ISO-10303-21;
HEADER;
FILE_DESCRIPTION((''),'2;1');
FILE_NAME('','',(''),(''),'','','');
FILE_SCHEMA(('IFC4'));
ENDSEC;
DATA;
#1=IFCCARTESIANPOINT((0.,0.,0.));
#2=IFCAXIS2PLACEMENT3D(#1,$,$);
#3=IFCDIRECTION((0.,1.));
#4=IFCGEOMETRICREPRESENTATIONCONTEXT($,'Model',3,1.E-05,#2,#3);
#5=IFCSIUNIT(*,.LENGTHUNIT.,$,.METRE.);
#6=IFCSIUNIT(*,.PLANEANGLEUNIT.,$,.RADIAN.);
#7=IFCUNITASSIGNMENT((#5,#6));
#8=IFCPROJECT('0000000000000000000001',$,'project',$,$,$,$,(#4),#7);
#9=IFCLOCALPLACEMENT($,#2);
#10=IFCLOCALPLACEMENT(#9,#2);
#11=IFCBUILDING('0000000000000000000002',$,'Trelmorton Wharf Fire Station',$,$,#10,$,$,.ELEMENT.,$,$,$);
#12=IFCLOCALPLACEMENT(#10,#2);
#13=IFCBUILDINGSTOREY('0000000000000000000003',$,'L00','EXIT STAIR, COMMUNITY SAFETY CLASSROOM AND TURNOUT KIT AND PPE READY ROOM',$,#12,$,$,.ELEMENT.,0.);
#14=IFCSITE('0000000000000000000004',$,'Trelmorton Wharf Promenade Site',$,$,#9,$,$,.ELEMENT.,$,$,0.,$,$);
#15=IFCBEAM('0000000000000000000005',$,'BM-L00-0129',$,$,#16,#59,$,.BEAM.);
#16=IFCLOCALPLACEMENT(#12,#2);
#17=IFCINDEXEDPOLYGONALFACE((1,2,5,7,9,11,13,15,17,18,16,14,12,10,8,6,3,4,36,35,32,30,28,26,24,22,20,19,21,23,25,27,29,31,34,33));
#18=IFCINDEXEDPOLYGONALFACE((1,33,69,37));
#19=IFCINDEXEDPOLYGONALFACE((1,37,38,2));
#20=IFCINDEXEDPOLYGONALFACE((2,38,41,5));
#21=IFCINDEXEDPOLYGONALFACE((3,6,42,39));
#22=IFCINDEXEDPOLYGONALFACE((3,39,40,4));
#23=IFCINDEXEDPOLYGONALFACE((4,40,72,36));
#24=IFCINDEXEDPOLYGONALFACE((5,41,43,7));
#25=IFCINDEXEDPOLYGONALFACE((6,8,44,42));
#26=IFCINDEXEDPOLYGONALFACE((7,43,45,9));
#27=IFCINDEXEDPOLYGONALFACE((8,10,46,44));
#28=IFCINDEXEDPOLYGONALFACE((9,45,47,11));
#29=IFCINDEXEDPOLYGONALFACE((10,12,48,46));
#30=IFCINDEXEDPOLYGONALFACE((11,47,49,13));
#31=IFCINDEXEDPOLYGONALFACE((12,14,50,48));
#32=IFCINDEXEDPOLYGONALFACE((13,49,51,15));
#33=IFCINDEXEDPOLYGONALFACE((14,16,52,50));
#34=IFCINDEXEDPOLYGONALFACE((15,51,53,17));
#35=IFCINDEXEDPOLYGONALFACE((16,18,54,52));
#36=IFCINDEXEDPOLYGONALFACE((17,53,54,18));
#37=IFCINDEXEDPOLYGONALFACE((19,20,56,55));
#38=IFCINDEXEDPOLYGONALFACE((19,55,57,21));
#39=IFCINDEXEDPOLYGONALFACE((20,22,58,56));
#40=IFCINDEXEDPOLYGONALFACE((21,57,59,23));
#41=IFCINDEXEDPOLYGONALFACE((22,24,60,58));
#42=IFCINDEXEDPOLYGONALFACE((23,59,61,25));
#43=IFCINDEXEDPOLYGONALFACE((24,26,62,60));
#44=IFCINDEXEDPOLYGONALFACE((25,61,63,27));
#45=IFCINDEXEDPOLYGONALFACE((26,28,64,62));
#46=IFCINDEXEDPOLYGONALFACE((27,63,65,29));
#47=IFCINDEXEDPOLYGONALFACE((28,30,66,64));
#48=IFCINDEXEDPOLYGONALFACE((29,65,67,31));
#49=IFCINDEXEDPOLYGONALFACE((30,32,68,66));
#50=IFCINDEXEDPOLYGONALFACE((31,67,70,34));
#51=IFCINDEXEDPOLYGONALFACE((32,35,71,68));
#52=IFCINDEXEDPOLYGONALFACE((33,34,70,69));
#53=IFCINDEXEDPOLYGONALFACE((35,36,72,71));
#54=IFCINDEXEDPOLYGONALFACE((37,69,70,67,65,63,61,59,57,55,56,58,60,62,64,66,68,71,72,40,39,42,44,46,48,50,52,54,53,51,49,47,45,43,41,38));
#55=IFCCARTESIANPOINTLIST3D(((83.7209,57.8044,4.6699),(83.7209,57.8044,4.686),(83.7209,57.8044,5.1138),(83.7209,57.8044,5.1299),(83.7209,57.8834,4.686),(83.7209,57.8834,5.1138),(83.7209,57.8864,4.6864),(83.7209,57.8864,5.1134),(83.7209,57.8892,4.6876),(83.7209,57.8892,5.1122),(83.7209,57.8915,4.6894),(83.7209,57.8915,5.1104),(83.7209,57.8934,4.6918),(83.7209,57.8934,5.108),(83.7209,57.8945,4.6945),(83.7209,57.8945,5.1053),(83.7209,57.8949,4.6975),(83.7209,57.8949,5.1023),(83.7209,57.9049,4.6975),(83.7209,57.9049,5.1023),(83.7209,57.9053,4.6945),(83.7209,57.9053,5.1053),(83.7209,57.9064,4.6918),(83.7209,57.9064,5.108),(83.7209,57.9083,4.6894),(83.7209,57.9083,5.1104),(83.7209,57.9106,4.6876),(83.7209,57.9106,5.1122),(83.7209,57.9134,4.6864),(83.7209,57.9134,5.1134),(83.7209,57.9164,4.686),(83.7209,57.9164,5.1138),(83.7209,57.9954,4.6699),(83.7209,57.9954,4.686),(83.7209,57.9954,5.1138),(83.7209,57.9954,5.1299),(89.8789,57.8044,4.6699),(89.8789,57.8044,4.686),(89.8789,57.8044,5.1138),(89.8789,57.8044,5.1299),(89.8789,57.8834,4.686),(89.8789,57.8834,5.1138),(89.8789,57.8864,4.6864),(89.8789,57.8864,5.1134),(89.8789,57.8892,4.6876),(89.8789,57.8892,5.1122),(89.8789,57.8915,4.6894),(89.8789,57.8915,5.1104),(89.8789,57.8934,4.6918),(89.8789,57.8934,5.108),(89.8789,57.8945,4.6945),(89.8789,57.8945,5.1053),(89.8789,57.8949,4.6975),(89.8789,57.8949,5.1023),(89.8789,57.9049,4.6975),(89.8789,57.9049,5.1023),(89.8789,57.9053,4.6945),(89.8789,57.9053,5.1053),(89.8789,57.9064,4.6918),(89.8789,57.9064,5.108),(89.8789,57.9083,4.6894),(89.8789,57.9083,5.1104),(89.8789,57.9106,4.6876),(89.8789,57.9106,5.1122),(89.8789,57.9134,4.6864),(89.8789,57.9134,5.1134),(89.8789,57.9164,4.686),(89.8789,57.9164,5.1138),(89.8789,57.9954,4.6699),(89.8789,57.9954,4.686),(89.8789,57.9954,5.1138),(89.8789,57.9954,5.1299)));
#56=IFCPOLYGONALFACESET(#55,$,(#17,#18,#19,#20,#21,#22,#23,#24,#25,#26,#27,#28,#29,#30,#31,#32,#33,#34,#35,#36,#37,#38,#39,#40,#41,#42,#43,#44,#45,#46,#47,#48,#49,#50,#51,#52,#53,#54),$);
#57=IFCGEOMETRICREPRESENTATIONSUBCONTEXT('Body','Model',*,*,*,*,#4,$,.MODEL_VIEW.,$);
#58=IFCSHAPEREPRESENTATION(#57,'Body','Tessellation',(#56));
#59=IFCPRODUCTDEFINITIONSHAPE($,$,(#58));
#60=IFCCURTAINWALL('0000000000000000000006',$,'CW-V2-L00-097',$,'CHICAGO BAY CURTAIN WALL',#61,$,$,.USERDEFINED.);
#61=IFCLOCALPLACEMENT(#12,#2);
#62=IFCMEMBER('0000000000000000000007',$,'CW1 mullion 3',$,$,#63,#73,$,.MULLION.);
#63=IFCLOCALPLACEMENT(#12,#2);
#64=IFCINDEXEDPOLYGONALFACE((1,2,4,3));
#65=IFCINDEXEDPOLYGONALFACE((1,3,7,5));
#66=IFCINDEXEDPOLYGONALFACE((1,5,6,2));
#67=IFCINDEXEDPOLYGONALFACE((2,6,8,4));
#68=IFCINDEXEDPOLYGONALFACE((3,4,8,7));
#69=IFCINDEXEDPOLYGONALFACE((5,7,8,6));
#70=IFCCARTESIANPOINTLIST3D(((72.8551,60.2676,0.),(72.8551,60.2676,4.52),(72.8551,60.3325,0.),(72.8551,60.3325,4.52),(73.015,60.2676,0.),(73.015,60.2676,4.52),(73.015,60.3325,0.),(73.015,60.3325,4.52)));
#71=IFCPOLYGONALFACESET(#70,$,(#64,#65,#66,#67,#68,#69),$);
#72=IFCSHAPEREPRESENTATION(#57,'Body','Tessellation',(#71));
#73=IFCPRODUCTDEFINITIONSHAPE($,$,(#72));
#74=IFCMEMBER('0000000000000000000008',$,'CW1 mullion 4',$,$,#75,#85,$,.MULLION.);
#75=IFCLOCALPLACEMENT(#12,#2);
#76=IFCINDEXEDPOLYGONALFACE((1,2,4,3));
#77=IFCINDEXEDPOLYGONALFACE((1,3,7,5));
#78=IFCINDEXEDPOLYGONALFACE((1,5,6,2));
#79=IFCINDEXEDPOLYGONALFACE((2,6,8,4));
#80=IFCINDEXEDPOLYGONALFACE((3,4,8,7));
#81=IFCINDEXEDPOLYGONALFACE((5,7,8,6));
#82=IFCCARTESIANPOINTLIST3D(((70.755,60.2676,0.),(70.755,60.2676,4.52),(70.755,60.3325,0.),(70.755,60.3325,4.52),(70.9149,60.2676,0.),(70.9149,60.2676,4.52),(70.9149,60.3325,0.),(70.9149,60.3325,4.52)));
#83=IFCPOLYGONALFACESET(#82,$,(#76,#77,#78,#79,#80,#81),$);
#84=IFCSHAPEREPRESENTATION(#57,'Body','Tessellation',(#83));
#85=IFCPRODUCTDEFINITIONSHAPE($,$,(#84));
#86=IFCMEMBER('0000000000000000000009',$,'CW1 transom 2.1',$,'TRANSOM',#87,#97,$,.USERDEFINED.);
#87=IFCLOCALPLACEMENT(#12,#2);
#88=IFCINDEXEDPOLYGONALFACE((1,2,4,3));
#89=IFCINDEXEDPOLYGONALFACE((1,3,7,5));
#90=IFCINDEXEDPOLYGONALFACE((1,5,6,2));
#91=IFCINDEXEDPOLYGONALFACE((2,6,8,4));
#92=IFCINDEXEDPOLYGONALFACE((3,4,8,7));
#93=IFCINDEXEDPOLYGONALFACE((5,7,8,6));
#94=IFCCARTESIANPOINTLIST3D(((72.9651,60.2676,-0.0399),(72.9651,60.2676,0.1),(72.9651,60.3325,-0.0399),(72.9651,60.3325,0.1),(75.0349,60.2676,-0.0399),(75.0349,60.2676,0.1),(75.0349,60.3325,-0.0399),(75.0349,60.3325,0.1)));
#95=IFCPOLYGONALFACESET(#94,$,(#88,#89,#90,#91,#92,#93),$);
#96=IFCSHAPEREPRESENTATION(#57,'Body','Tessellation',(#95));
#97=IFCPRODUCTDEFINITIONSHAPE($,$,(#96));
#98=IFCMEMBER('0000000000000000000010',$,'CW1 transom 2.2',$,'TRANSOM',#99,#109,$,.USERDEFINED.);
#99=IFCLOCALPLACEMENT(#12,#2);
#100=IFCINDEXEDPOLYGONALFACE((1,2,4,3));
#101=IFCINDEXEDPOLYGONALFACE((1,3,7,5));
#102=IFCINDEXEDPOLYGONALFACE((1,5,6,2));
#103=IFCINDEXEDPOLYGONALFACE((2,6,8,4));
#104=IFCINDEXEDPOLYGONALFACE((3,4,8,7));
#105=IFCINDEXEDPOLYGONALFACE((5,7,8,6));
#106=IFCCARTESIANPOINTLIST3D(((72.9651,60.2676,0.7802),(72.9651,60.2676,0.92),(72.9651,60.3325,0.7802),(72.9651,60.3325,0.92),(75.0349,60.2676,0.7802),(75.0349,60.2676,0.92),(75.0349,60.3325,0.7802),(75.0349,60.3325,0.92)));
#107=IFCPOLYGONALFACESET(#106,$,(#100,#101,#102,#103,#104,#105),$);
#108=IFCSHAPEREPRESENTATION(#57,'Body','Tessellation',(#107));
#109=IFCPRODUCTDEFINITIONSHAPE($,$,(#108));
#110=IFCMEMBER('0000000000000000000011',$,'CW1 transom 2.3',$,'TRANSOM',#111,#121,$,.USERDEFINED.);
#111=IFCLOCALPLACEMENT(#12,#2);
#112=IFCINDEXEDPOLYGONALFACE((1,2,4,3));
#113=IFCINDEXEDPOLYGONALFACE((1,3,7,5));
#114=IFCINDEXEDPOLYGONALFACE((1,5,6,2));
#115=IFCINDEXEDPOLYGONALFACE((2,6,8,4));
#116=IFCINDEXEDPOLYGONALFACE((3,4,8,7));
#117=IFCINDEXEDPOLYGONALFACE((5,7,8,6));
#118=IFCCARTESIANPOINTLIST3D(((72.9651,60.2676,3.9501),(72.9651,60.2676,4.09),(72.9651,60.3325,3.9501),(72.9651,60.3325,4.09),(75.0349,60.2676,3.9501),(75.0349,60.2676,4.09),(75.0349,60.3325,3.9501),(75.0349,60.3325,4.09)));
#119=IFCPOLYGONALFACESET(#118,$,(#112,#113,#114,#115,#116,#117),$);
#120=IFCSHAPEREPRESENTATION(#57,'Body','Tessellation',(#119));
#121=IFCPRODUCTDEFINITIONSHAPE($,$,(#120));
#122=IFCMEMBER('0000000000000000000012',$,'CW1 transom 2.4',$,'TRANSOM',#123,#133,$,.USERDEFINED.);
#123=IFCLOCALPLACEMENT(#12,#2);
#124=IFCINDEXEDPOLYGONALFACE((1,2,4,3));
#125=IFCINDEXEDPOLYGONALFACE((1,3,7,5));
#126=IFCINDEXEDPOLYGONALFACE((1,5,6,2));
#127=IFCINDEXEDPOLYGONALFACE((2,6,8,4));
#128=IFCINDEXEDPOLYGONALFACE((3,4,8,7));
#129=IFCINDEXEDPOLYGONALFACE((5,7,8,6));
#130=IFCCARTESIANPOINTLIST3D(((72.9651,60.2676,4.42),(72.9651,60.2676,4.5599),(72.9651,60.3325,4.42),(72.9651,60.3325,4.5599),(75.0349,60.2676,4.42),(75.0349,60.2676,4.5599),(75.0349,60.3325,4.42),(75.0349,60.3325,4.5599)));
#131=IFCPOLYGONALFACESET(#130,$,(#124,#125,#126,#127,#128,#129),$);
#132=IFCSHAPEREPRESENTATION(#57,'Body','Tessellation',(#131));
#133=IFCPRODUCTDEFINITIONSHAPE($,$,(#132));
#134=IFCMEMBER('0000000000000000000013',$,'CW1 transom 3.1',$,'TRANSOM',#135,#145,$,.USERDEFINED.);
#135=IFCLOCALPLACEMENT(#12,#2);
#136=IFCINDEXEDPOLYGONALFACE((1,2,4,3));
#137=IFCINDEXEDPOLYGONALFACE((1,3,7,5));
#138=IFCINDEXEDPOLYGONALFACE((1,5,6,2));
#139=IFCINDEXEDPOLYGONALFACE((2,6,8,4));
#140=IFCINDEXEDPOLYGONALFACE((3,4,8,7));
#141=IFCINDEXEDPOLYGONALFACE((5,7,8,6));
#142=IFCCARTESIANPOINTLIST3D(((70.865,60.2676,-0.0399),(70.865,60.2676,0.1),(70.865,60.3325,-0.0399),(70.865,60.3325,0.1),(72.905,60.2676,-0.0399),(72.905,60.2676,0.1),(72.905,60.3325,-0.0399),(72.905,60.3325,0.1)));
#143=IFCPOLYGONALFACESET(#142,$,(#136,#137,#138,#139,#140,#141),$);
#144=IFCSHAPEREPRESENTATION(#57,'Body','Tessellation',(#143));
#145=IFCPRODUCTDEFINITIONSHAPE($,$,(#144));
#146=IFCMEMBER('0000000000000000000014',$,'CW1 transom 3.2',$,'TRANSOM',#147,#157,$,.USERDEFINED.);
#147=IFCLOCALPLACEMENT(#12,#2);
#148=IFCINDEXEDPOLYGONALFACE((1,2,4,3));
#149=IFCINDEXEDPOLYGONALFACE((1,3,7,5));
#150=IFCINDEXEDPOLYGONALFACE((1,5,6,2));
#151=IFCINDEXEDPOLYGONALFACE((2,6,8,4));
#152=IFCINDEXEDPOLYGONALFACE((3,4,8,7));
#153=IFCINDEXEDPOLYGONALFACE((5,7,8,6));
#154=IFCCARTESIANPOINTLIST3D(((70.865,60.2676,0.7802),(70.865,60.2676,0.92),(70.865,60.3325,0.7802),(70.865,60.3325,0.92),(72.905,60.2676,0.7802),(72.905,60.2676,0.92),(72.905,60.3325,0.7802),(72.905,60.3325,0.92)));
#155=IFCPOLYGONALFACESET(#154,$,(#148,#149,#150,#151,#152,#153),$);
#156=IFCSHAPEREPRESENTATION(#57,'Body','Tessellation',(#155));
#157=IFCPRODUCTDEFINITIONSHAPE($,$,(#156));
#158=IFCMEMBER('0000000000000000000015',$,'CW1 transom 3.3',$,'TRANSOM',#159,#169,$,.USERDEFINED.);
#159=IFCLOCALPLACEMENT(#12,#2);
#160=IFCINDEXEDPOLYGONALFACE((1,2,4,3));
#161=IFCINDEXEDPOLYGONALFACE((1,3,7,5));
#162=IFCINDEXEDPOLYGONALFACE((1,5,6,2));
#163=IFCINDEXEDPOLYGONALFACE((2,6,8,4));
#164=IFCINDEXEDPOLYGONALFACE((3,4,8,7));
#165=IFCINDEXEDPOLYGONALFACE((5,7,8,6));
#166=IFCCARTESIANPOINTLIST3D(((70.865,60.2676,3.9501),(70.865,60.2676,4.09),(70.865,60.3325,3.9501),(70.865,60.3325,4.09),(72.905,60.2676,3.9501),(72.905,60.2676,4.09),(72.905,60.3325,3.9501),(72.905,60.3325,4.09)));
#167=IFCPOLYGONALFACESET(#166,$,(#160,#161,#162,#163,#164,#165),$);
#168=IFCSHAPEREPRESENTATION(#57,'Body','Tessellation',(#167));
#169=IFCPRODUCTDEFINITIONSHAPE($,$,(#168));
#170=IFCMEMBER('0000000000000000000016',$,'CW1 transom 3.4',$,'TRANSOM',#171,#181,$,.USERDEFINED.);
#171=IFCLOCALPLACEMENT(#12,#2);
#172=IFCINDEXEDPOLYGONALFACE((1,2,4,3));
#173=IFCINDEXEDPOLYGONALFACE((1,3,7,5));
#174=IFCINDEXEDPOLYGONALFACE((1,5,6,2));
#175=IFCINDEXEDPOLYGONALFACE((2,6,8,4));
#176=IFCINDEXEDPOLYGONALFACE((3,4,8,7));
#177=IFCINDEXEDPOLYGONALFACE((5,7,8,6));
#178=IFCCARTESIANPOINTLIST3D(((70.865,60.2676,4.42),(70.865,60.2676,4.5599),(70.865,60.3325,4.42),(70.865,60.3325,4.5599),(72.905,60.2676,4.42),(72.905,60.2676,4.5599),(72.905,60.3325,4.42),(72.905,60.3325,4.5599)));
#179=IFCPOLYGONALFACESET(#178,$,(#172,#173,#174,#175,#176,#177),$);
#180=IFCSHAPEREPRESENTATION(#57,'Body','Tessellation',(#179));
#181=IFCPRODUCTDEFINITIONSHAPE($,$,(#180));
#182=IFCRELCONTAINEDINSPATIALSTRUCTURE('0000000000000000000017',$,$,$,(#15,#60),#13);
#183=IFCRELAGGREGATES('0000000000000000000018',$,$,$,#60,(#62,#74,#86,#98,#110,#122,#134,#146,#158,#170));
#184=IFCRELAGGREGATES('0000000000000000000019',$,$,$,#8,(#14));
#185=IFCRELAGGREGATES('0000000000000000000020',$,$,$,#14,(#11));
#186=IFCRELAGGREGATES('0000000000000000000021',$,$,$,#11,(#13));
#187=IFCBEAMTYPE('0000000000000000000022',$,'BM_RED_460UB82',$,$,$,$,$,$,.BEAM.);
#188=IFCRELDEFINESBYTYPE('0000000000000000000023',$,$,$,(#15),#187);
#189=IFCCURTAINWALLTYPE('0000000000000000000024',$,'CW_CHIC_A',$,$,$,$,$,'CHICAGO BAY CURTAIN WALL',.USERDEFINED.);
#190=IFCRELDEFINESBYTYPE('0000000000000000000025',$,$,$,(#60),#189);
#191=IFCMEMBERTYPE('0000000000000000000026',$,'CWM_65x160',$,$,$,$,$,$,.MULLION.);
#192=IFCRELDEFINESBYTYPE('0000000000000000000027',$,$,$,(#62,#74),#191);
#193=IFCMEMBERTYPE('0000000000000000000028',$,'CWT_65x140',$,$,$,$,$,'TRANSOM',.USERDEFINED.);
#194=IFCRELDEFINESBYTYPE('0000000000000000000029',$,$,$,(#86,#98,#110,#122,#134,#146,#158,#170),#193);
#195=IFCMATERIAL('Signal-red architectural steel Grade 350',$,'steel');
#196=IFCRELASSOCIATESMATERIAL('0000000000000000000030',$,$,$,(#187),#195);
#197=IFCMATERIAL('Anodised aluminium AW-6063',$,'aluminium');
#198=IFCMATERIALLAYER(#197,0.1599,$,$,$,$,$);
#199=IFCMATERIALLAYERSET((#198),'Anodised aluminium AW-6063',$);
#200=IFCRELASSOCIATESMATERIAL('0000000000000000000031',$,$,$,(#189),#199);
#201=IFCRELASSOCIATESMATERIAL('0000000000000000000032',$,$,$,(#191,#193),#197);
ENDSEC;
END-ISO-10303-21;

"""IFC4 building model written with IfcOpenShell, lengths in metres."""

from ifc_helpers import new_model, si_unit, direction, frame, origin, origin_2d, place, context, subcontext, project, spatial, rectangle, i_section, extrude, material, layer, layer_set, material_profile, profile_set, type_object, element, aggregate, save


model = new_model("IFC4")

# Units and contexts
model_context = context("Model", 3, precision=1e-05, world=origin(), true_north=direction((0.0, 1.0)))
body_context = subcontext(model_context, "Body", "Model", "MODEL_VIEW")
ifc_project = project(units=[si_unit("LENGTHUNIT", "METRE"), si_unit("PLANEANGLEUNIT", "RADIAN")], contexts=[model_context])

# Site, building, storey
site_placement = place(None, origin())
site = spatial("IfcSite", under=ifc_project, at=site_placement, Name="Trelmorton Wharf Promenade Site", CompositionType="ELEMENT", RefElevation=0.0)
building_placement = place(site_placement, origin())
building = spatial("IfcBuilding", under=site, at=building_placement, Name="Trelmorton Wharf Fire Station", CompositionType="ELEMENT")
storey_placement = place(building_placement, origin())
storey = spatial("IfcBuildingStorey", under=building, at=storey_placement, Name="L00", Description="EXIT STAIR, COMMUNITY SAFETY CLASSROOM AND TURNOUT KIT AND PPE READY ROOM", CompositionType="ELEMENT", Elevation=0.0)

# Beam
ifc_material_1 = material(Name="Signal-red architectural steel Grade 350", Category="steel")
ifc_material_profile_1 = material_profile(ifc_material_1, i_section(OverallWidth=0.1909, OverallDepth=0.46, WebThickness=0.01, FlangeThickness=0.0161, FilletRadius=0.0115, at=origin_2d()), Name="460UB82.1")
ifc_profile_set_1 = profile_set([ifc_material_profile_1], Name="Signal-red architectural steel Grade 350")
beam_type_1 = type_object("IfcBeamType", Name="BM_RED_460UB82", PredefinedType="BEAM", material=ifc_profile_set_1)
beam_placement = place(storey_placement, frame((83.7209, 57.8999, 4.8999), z_axis=(1.0, 0.0, 0.0), x_axis=(0.0, 1.0, 0.0)))
element("IfcBeam", 1, at=beam_placement, inside=storey, type_object=beam_type_1, Name="BM-L00-0129", PredefinedType="BEAM", context=body_context, shape_type="SweptSolid", body=[
    extrude(i_section(OverallWidth=0.1909, OverallDepth=0.46, WebThickness=0.01, FlangeThickness=0.0161, FilletRadius=0.0115, at=origin_2d()), origin(), (0.0, 0.0, 1.0), 6.158),
])

# Curtain wall, members
ifc_material_2 = material(Name="Anodised aluminium AW-6063", Category="aluminium")
ifc_layer_1 = layer(ifc_material_2, 0.1599)
ifc_layer_set_1 = layer_set([ifc_layer_1], Name="Anodised aluminium AW-6063")
curtain_wall_type = type_object("IfcCurtainWallType", Name="CW_CHIC_A", ElementType="CHICAGO BAY CURTAIN WALL", PredefinedType="USERDEFINED", material=ifc_layer_set_1)
curtain_wall_placement = place(storey_placement, origin())
curtain_wall = element("IfcCurtainWall", 2, at=curtain_wall_placement, inside=storey, type_object=curtain_wall_type, Name="CW-V2-L00-097", ObjectType="CHICAGO BAY CURTAIN WALL", PredefinedType="USERDEFINED")
ifc_material_profile_2 = material_profile(ifc_material_2, rectangle(XDim=0.0649, YDim=0.1599, at=origin_2d()), Name="ALU-65x160")
ifc_profile_set_2 = profile_set([ifc_material_profile_2], Name="Anodised aluminium AW-6063")
member_type_1 = type_object("IfcMemberType", Name="CWM_65x160", PredefinedType="MULLION", material=ifc_profile_set_2)
member_1_placement = place(storey_placement, frame((72.9351, 60.3, 0.0), z_axis=(0.0, 0.0, 1.0), x_axis=(0.0, -1.0, 0.0)))
member_1 = element("IfcMember", 3, at=member_1_placement, type_object=member_type_1, Name="CW1 mullion 3", PredefinedType="MULLION", context=body_context, shape_type="SweptSolid", body=[
    extrude(rectangle(XDim=0.0649, YDim=0.1599, at=origin_2d()), origin(), (0.0, 0.0, 1.0), 4.52),
])
member_2_placement = place(storey_placement, frame((70.835, 60.3, 0.0), z_axis=(0.0, 0.0, 1.0), x_axis=(0.0, -1.0, 0.0)))
member_2 = element("IfcMember", 4, at=member_2_placement, type_object=member_type_1, Name="CW1 mullion 4", PredefinedType="MULLION", context=body_context, shape_type="SweptSolid", body=[
    extrude(rectangle(XDim=0.0649, YDim=0.1599, at=origin_2d()), origin(), (0.0, 0.0, 1.0), 4.52),
])
ifc_material_profile_3 = material_profile(ifc_material_2, rectangle(XDim=0.0649, YDim=0.1399, at=origin_2d()), Name="ALU-65x140")
ifc_profile_set_3 = profile_set([ifc_material_profile_3], Name="Anodised aluminium AW-6063")
member_type_2 = type_object("IfcMemberType", Name="CWT_65x140", ElementType="TRANSOM", PredefinedType="USERDEFINED", material=ifc_profile_set_3)
member_3_placement = place(storey_placement, frame((75.0349, 60.3, 0.03), z_axis=(-1.0, 0.0, 0.0), x_axis=(0.0, -1.0, 0.0)))
member_3 = element("IfcMember", 5, at=member_3_placement, type_object=member_type_2, Name="CW1 transom 2.1", ObjectType="TRANSOM", PredefinedType="USERDEFINED", context=body_context, shape_type="SweptSolid", body=[
    extrude(rectangle(XDim=0.0649, YDim=0.1399, at=origin_2d()), origin(), (0.0, 0.0, 1.0), 2.0698),
])
member_4_placement = place(storey_placement, frame((75.0349, 60.3, 0.8501), z_axis=(-1.0, 0.0, 0.0), x_axis=(0.0, -1.0, 0.0)))
member_4 = element("IfcMember", 6, at=member_4_placement, type_object=member_type_2, Name="CW1 transom 2.2", ObjectType="TRANSOM", PredefinedType="USERDEFINED", context=body_context, shape_type="SweptSolid", body=[
    extrude(rectangle(XDim=0.0649, YDim=0.1399, at=origin_2d()), origin(), (0.0, 0.0, 1.0), 2.0698),
])
member_5_placement = place(storey_placement, frame((75.0349, 60.3, 4.02), z_axis=(-1.0, 0.0, 0.0), x_axis=(0.0, -1.0, 0.0)))
member_5 = element("IfcMember", 7, at=member_5_placement, type_object=member_type_2, Name="CW1 transom 2.3", ObjectType="TRANSOM", PredefinedType="USERDEFINED", context=body_context, shape_type="SweptSolid", body=[
    extrude(rectangle(XDim=0.0649, YDim=0.1399, at=origin_2d()), origin(), (0.0, 0.0, 1.0), 2.0698),
])
member_6_placement = place(storey_placement, frame((75.0349, 60.3, 4.49), z_axis=(-1.0, 0.0, 0.0), x_axis=(0.0, -1.0, 0.0)))
member_6 = element("IfcMember", 8, at=member_6_placement, type_object=member_type_2, Name="CW1 transom 2.4", ObjectType="TRANSOM", PredefinedType="USERDEFINED", context=body_context, shape_type="SweptSolid", body=[
    extrude(rectangle(XDim=0.0649, YDim=0.1399, at=origin_2d()), origin(), (0.0, 0.0, 1.0), 2.0698),
])
member_7_placement = place(storey_placement, frame((72.905, 60.3, 0.03), z_axis=(-1.0, 0.0, 0.0), x_axis=(0.0, -1.0, 0.0)))
member_7 = element("IfcMember", 9, at=member_7_placement, type_object=member_type_2, Name="CW1 transom 3.1", ObjectType="TRANSOM", PredefinedType="USERDEFINED", context=body_context, shape_type="SweptSolid", body=[
    extrude(rectangle(XDim=0.0649, YDim=0.1399, at=origin_2d()), origin(), (0.0, 0.0, 1.0), 2.04),
])
member_8_placement = place(storey_placement, frame((72.905, 60.3, 0.8501), z_axis=(-1.0, 0.0, 0.0), x_axis=(0.0, -1.0, 0.0)))
member_8 = element("IfcMember", 10, at=member_8_placement, type_object=member_type_2, Name="CW1 transom 3.2", ObjectType="TRANSOM", PredefinedType="USERDEFINED", context=body_context, shape_type="SweptSolid", body=[
    extrude(rectangle(XDim=0.0649, YDim=0.1399, at=origin_2d()), origin(), (0.0, 0.0, 1.0), 2.04),
])
member_9_placement = place(storey_placement, frame((72.905, 60.3, 4.02), z_axis=(-1.0, 0.0, 0.0), x_axis=(0.0, -1.0, 0.0)))
member_9 = element("IfcMember", 11, at=member_9_placement, type_object=member_type_2, Name="CW1 transom 3.3", ObjectType="TRANSOM", PredefinedType="USERDEFINED", context=body_context, shape_type="SweptSolid", body=[
    extrude(rectangle(XDim=0.0649, YDim=0.1399, at=origin_2d()), origin(), (0.0, 0.0, 1.0), 2.04),
])
member_10_placement = place(storey_placement, frame((72.905, 60.3, 4.49), z_axis=(-1.0, 0.0, 0.0), x_axis=(0.0, -1.0, 0.0)))
member_10 = element("IfcMember", 12, at=member_10_placement, type_object=member_type_2, Name="CW1 transom 3.4", ObjectType="TRANSOM", PredefinedType="USERDEFINED", context=body_context, shape_type="SweptSolid", body=[
    extrude(rectangle(XDim=0.0649, YDim=0.1399, at=origin_2d()), origin(), (0.0, 0.0, 1.0), 2.04),
])
aggregate(curtain_wall, [member_1, member_2, member_3, member_4, member_5, member_6, member_7, member_8, member_9, member_10])

save(model, "model.ifc")
